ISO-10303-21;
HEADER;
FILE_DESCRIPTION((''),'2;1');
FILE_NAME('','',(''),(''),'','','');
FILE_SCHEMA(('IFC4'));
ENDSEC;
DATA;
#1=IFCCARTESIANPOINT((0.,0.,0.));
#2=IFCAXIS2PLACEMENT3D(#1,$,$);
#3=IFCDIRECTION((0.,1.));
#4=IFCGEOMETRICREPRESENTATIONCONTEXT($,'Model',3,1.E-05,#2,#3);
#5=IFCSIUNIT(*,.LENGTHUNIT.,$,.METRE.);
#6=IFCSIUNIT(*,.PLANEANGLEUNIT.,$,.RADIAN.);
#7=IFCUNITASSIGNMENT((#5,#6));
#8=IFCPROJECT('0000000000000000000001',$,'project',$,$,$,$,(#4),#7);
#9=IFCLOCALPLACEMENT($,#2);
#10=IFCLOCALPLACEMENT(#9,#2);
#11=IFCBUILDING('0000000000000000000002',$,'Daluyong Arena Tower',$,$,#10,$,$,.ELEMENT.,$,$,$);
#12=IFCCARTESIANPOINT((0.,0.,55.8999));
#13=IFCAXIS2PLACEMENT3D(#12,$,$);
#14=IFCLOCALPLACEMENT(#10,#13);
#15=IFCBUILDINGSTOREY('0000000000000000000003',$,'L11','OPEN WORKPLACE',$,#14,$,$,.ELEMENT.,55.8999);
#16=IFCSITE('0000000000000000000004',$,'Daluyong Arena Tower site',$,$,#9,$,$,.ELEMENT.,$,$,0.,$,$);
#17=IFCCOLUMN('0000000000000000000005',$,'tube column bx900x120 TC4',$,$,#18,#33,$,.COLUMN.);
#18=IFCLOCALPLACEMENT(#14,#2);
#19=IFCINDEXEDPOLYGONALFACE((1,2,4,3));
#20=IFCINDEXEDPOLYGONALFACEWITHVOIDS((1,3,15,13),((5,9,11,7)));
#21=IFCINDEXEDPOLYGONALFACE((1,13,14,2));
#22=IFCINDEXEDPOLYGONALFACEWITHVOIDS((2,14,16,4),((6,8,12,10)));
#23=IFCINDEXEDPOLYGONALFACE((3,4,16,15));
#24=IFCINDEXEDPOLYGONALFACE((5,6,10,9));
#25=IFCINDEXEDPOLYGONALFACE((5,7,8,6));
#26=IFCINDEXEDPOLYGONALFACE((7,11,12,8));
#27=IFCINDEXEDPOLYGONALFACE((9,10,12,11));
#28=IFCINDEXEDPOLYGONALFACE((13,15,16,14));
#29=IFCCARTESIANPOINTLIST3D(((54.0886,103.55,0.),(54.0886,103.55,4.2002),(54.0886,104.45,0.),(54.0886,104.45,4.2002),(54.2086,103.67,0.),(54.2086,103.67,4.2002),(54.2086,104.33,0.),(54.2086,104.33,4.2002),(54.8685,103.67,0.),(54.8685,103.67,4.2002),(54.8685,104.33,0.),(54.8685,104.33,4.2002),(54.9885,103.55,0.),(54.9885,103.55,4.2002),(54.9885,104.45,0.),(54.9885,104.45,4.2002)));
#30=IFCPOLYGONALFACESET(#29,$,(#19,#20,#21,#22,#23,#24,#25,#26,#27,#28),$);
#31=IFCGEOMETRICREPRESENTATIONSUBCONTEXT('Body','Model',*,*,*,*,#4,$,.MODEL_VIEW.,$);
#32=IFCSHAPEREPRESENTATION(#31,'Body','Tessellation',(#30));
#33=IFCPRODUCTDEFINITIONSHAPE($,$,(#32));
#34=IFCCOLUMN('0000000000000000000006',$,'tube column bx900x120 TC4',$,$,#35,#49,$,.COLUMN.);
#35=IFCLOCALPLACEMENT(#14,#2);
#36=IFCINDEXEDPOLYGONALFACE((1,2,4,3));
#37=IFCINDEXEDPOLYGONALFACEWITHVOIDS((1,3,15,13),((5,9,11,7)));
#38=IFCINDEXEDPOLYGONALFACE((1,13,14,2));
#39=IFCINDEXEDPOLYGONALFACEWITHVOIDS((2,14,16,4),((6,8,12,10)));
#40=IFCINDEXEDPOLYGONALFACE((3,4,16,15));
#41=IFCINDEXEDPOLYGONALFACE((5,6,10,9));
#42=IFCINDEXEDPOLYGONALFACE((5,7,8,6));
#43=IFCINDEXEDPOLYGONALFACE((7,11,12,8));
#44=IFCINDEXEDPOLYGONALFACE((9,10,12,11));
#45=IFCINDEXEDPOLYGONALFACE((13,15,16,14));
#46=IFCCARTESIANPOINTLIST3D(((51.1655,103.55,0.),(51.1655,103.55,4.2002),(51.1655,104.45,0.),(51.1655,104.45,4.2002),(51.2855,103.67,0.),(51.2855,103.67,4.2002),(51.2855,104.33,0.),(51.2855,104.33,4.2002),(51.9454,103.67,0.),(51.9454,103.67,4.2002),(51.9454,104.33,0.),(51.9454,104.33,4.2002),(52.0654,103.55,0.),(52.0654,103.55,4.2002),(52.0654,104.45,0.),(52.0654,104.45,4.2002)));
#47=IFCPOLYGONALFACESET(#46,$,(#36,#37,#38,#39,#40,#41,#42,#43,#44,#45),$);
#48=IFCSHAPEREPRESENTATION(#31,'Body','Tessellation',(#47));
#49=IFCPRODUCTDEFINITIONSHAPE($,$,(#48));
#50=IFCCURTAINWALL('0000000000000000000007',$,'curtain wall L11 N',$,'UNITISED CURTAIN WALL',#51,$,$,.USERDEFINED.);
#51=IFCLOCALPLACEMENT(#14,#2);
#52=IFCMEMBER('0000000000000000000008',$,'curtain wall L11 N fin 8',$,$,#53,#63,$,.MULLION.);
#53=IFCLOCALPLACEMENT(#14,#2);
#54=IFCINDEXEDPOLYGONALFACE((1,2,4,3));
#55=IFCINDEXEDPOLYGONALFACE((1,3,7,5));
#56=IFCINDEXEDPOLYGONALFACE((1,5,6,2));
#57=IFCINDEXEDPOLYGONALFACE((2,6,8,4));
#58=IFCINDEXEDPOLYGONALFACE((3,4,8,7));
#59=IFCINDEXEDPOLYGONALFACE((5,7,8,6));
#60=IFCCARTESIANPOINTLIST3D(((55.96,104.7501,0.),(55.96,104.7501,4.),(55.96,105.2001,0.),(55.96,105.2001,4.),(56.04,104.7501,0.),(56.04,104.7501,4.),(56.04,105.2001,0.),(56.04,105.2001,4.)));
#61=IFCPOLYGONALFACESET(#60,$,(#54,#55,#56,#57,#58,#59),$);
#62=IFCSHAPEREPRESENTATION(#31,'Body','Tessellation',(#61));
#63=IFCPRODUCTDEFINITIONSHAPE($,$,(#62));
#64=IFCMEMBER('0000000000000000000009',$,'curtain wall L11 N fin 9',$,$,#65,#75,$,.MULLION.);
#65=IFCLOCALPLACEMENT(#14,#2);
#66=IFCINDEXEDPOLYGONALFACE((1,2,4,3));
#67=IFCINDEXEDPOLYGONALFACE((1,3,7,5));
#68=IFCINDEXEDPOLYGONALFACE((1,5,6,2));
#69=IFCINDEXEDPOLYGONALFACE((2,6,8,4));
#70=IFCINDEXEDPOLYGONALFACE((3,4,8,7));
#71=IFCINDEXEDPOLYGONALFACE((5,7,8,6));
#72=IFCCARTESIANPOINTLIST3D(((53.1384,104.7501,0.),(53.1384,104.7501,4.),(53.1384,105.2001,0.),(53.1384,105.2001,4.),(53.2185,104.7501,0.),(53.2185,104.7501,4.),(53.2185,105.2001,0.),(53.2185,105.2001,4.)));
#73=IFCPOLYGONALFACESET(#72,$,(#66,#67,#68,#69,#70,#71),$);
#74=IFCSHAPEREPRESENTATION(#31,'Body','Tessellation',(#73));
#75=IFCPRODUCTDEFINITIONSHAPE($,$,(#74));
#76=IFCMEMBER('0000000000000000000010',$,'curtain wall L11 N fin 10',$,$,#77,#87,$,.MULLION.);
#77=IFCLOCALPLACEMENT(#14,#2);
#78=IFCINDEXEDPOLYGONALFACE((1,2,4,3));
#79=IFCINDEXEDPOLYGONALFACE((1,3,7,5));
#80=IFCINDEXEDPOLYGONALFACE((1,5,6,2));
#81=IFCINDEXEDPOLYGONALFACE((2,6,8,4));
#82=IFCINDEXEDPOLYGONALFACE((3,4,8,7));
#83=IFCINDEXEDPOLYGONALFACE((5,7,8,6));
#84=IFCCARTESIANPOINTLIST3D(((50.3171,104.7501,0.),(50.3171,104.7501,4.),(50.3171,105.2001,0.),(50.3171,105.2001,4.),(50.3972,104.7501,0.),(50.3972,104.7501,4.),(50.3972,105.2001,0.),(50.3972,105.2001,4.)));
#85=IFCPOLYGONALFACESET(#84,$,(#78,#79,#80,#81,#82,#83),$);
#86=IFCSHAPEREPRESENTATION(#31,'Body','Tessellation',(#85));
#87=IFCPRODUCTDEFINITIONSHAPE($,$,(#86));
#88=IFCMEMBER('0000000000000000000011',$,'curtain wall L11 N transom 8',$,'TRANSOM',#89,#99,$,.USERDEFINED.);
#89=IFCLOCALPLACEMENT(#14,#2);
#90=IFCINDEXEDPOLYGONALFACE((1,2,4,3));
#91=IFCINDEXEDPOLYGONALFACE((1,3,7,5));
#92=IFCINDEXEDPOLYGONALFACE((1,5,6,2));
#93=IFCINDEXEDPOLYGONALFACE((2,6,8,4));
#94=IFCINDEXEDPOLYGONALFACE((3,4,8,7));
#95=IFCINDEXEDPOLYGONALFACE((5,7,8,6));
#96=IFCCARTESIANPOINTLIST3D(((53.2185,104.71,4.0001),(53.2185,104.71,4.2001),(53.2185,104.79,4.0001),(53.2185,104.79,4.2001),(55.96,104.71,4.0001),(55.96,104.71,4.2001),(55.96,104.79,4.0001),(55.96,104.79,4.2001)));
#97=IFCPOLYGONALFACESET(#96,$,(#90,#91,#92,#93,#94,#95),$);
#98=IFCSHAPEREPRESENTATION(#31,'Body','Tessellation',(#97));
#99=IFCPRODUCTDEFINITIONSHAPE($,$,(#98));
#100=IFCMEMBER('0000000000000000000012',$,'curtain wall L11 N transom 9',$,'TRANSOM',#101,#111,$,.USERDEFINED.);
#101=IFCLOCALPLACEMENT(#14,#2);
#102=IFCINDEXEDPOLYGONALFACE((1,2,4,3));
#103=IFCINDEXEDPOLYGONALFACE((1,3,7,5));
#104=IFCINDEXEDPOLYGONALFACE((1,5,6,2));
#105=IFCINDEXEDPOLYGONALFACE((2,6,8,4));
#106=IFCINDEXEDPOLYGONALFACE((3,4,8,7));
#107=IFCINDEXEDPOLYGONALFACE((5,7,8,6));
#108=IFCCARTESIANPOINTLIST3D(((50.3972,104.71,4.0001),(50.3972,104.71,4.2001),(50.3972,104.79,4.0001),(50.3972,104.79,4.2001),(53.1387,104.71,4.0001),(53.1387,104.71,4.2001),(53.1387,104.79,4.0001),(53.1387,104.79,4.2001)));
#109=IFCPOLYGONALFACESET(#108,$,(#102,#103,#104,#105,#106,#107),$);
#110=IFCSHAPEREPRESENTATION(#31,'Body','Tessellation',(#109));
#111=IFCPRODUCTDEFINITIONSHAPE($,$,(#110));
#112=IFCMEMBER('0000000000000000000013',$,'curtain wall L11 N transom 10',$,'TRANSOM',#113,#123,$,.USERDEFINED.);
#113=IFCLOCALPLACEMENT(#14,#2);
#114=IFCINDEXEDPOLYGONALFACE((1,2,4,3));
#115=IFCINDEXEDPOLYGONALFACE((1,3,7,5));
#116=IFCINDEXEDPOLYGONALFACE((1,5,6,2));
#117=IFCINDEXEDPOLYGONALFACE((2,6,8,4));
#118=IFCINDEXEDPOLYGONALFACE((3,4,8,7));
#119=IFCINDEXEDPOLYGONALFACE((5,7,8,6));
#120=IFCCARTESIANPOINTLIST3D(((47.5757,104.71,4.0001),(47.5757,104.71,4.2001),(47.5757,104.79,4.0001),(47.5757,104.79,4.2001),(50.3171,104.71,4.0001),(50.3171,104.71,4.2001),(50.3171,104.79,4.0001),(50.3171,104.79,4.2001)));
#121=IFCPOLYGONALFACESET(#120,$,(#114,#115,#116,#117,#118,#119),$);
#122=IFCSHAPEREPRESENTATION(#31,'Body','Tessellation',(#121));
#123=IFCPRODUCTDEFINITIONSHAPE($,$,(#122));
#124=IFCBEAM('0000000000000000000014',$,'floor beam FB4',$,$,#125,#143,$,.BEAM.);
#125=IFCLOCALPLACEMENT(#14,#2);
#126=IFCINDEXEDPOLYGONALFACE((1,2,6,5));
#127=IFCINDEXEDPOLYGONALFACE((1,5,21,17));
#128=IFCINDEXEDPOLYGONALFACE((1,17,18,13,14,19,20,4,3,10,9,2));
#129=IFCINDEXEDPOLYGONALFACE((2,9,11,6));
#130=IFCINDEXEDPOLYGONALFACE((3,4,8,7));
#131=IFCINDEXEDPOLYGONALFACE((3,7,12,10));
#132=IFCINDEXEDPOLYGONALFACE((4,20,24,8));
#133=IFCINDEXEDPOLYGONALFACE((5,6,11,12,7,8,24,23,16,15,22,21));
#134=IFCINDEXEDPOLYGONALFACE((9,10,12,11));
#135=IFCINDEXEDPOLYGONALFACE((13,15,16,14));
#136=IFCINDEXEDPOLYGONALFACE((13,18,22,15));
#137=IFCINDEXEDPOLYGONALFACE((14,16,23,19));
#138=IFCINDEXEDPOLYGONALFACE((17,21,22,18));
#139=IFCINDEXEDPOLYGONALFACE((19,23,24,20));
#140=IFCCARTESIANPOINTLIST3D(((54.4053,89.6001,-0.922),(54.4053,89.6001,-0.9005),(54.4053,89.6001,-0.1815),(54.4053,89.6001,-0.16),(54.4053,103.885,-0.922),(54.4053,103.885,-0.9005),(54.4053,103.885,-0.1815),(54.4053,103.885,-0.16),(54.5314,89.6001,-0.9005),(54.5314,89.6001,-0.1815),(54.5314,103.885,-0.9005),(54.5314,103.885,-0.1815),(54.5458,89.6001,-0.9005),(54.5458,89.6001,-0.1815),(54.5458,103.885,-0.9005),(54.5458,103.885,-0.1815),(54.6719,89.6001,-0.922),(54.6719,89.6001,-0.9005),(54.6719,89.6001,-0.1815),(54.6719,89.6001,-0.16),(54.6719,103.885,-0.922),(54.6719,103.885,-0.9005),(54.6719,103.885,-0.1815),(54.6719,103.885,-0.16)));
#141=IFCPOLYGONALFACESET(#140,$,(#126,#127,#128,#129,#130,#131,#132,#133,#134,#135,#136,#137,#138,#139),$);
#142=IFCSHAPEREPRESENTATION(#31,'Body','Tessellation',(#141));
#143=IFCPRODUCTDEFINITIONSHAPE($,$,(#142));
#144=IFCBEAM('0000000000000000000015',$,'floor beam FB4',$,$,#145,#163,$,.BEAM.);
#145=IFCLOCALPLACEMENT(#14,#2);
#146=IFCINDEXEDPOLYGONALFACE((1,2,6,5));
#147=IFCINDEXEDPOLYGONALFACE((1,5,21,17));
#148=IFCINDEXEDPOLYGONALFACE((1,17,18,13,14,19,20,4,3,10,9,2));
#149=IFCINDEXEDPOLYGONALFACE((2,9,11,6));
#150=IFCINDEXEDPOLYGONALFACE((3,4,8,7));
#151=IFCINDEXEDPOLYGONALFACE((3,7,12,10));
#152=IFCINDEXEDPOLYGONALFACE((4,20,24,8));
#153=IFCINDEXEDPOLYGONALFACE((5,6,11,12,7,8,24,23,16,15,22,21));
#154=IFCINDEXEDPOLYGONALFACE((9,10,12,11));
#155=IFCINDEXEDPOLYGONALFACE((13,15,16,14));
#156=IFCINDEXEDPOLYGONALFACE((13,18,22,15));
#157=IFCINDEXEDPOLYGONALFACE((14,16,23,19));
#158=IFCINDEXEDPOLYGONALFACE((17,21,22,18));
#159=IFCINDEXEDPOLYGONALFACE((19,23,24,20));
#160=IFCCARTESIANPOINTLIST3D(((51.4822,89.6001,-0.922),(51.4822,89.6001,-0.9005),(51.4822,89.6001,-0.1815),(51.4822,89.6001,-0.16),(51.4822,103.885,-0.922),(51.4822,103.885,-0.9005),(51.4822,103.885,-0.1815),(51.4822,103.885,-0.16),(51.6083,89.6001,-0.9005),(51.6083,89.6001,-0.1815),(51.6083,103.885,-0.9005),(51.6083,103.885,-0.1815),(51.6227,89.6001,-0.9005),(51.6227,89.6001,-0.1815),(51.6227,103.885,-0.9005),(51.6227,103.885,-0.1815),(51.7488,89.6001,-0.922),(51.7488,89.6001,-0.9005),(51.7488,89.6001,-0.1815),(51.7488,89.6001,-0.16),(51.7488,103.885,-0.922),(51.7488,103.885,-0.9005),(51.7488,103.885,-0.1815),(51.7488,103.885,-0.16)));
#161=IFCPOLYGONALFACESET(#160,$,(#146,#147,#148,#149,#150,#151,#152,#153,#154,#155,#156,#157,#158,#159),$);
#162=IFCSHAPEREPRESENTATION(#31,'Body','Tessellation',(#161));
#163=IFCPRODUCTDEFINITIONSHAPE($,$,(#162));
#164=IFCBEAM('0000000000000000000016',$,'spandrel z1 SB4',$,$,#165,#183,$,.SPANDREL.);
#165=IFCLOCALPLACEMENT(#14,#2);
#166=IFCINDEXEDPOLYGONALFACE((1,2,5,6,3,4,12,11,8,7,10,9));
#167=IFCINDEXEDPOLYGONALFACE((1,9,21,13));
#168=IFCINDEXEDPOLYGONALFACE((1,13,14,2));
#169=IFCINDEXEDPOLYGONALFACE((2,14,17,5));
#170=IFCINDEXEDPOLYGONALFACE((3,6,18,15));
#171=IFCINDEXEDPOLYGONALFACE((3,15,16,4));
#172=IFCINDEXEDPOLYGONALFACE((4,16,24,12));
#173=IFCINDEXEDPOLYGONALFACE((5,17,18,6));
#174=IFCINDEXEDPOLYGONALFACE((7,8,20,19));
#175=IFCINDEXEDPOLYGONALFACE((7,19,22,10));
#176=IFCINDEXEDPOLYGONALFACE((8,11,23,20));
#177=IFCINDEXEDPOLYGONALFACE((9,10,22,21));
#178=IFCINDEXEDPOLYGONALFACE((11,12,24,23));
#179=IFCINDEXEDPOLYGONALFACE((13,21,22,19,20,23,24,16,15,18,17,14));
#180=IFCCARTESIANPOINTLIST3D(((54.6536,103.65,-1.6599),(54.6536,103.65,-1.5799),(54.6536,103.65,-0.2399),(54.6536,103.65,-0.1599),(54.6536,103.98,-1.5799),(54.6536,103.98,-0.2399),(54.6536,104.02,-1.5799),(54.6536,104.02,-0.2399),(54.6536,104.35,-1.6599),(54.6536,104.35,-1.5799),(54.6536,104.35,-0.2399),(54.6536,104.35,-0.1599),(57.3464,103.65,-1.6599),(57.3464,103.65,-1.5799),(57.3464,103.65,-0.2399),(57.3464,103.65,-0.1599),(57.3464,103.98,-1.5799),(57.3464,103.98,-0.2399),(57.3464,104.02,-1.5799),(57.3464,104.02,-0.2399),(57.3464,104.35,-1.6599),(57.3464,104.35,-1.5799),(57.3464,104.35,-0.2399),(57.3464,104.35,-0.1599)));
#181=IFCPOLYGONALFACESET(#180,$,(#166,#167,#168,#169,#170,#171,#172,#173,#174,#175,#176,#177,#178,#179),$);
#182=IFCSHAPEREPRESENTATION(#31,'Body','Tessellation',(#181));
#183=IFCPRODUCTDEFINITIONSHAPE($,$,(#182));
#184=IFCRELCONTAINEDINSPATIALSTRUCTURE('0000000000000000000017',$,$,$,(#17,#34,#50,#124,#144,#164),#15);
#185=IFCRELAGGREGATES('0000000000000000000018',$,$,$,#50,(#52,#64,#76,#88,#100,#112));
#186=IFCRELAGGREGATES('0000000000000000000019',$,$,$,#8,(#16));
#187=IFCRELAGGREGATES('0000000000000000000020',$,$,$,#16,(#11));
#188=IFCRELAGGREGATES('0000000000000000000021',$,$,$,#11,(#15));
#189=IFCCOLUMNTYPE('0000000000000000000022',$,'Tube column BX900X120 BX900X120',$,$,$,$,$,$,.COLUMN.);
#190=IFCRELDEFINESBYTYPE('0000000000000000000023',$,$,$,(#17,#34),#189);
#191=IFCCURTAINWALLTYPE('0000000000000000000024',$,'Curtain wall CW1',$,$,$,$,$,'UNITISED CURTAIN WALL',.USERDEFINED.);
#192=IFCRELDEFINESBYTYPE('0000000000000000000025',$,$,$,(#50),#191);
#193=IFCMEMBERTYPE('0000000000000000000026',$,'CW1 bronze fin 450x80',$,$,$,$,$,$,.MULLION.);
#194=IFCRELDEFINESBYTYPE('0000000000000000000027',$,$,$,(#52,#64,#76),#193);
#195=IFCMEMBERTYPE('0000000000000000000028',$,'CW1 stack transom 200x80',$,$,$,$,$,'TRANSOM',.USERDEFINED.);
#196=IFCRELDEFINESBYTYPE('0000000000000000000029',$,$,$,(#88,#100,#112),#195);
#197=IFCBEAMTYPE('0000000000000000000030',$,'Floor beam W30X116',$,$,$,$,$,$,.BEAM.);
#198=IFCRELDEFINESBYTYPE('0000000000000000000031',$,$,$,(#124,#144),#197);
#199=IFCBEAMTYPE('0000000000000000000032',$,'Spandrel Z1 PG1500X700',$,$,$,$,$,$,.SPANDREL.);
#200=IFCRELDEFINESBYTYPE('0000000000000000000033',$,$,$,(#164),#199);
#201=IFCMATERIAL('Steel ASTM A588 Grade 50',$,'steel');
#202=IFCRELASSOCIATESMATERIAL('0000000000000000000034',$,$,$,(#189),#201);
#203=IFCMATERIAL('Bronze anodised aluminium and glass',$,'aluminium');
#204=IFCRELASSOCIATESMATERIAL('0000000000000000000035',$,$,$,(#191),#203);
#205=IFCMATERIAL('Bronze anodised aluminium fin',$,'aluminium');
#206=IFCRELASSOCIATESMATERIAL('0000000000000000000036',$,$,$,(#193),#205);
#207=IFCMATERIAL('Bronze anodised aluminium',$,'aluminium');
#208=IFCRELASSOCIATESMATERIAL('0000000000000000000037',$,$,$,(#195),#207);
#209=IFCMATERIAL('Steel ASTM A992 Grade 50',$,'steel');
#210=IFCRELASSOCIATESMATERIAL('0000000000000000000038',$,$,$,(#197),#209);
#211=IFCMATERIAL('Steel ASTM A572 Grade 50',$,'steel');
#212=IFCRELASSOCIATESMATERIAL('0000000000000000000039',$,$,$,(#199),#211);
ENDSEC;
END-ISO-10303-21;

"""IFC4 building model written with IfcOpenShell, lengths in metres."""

from ifc_helpers import new_model, si_unit, direction, frame, origin, origin_2d, place, context, subcontext, project, spatial, rectangle, hollow_rectangle, i_section, extrude, material, material_profile, profile_set, type_object, element, aggregate, save


model = new_model("IFC4")

# Units and contexts
model_context = context("Model", 3, precision=1e-05, world=origin(), true_north=direction((0.0, 1.0)))
body_context = subcontext(model_context, "Body", "Model", "MODEL_VIEW")
ifc_project = project(units=[si_unit("LENGTHUNIT", "METRE"), si_unit("PLANEANGLEUNIT", "RADIAN")], contexts=[model_context])

# Site, building, storey
site_placement = place(None, origin())
site = spatial("IfcSite", under=ifc_project, at=site_placement, Name="Daluyong Arena Tower site", CompositionType="ELEMENT", RefElevation=0.0)
building_placement = place(site_placement, origin())
building = spatial("IfcBuilding", under=site, at=building_placement, Name="Daluyong Arena Tower", CompositionType="ELEMENT")
storey_placement = place(building_placement, frame((0.0, 0.0, 55.8999)))
storey = spatial("IfcBuildingStorey", under=building, at=storey_placement, Name="L11", Description="OPEN WORKPLACE", CompositionType="ELEMENT", Elevation=55.8999)

# Columns
ifc_material_1 = material(Name="Steel ASTM A588 Grade 50", Category="steel")
ifc_material_profile_1 = material_profile(ifc_material_1, hollow_rectangle(XDim=0.8999, YDim=0.8999, WallThickness=0.12, at=origin_2d()))
ifc_profile_set_1 = profile_set([ifc_material_profile_1], Name="Steel ASTM A588 Grade 50")
column_type = type_object("IfcColumnType", Name="Tube column BX900X120 BX900X120", PredefinedType="COLUMN", material=ifc_profile_set_1)
for number, where, z_axis, x_axis, name in (
    (1, (54.5386, 104.0, 0.0), (0.0, 0.0, 1.0), (1.0, 0.0, 0.0), "tube column bx900x120 TC4"),
    (2, (51.6155, 104.0, 0.0), (0.0, 0.0, 1.0), (1.0, 0.0, 0.0), "tube column bx900x120 TC4"),
):
    element("IfcColumn", number, at=place(storey_placement, frame(where, z_axis=z_axis, x_axis=x_axis)), inside=storey, type_object=column_type, Name=name, PredefinedType="COLUMN", context=body_context, shape_type="SweptSolid", body=[
        extrude(hollow_rectangle(XDim=0.8999, YDim=0.8999, WallThickness=0.12, at=origin_2d()), origin(), (0.0, 0.0, 1.0), 4.2002),
    ])

# Curtain wall, members
ifc_material_2 = material(Name="Bronze anodised aluminium and glass", Category="aluminium")
curtain_wall_type = type_object("IfcCurtainWallType", Name="Curtain wall CW1", ElementType="UNITISED CURTAIN WALL", PredefinedType="USERDEFINED", material=ifc_material_2)
curtain_wall_placement = place(storey_placement, origin())
curtain_wall = element("IfcCurtainWall", 3, at=curtain_wall_placement, inside=storey, type_object=curtain_wall_type, Name="curtain wall L11 N", ObjectType="UNITISED CURTAIN WALL", PredefinedType="USERDEFINED")
ifc_material_3 = material(Name="Bronze anodised aluminium fin", Category="aluminium")
ifc_material_profile_2 = material_profile(ifc_material_3, rectangle(XDim=0.45, YDim=0.0801, at=origin_2d()))
ifc_profile_set_2 = profile_set([ifc_material_profile_2], Name="Bronze anodised aluminium fin")
member_type_1 = type_object("IfcMemberType", Name="CW1 bronze fin 450x80", PredefinedType="MULLION", material=ifc_profile_set_2)
member_1_placement = place(storey_placement, frame((56.0, 104.9751, 0.0), z_axis=(0.0, 0.0, 1.0), x_axis=(0.0, -1.0, 0.0)))
member_1 = element("IfcMember", 4, at=member_1_placement, type_object=member_type_1, Name="curtain wall L11 N fin 8", PredefinedType="MULLION", context=body_context, shape_type="SweptSolid", body=[
    extrude(rectangle(XDim=0.45, YDim=0.0801, at=origin_2d()), origin(), (0.0, 0.0, 1.0), 4.0),
])
member_2_placement = place(storey_placement, frame((53.1785, 104.9751, 0.0), z_axis=(0.0, 0.0, 1.0), x_axis=(0.0, -1.0, 0.0)))
member_2 = element("IfcMember", 5, at=member_2_placement, type_object=member_type_1, Name="curtain wall L11 N fin 9", PredefinedType="MULLION", context=body_context, shape_type="SweptSolid", body=[
    extrude(rectangle(XDim=0.45, YDim=0.0801, at=origin_2d()), origin(), (0.0, 0.0, 1.0), 4.0),
])
member_3_placement = place(storey_placement, frame((50.3572, 104.9751, 0.0), z_axis=(0.0, 0.0, 1.0), x_axis=(0.0, -1.0, 0.0)))
member_3 = element("IfcMember", 6, at=member_3_placement, type_object=member_type_1, Name="curtain wall L11 N fin 10", PredefinedType="MULLION", context=body_context, shape_type="SweptSolid", body=[
    extrude(rectangle(XDim=0.45, YDim=0.0801, at=origin_2d()), origin(), (0.0, 0.0, 1.0), 4.0),
])
ifc_material_4 = material(Name="Bronze anodised aluminium", Category="aluminium")
ifc_material_profile_3 = material_profile(ifc_material_4, rectangle(XDim=0.0801, YDim=0.2, at=origin_2d()))
ifc_profile_set_3 = profile_set([ifc_material_profile_3], Name="Bronze anodised aluminium")
member_type_2 = type_object("IfcMemberType", Name="CW1 stack transom 200x80", ElementType="TRANSOM", PredefinedType="USERDEFINED", material=ifc_profile_set_3)
member_4_placement = place(storey_placement, frame((55.96, 104.75, 4.1001), z_axis=(-1.0, 0.0, 0.0), x_axis=(0.0, -1.0, 0.0)))
member_4 = element("IfcMember", 7, at=member_4_placement, type_object=member_type_2, Name="curtain wall L11 N transom 8", ObjectType="TRANSOM", PredefinedType="USERDEFINED", context=body_context, shape_type="SweptSolid", body=[
    extrude(rectangle(XDim=0.0801, YDim=0.2, at=origin_2d()), origin(), (0.0, 0.0, 1.0), 2.7415),
])
member_5_placement = place(storey_placement, frame((53.1387, 104.75, 4.1001), z_axis=(-1.0, 0.0, 0.0), x_axis=(0.0, -1.0, 0.0)))
member_5 = element("IfcMember", 8, at=member_5_placement, type_object=member_type_2, Name="curtain wall L11 N transom 9", ObjectType="TRANSOM", PredefinedType="USERDEFINED", context=body_context, shape_type="SweptSolid", body=[
    extrude(rectangle(XDim=0.0801, YDim=0.2, at=origin_2d()), origin(), (0.0, 0.0, 1.0), 2.7415),
])
member_6_placement = place(storey_placement, frame((50.3171, 104.75, 4.1001), z_axis=(-1.0, 0.0, 0.0), x_axis=(0.0, -1.0, 0.0)))
member_6 = element("IfcMember", 9, at=member_6_placement, type_object=member_type_2, Name="curtain wall L11 N transom 10", ObjectType="TRANSOM", PredefinedType="USERDEFINED", context=body_context, shape_type="SweptSolid", body=[
    extrude(rectangle(XDim=0.0801, YDim=0.2, at=origin_2d()), origin(), (0.0, 0.0, 1.0), 2.7415),
])

# Beams
ifc_material_5 = material(Name="Steel ASTM A992 Grade 50", Category="steel")
ifc_material_profile_4 = material_profile(ifc_material_5, i_section(OverallWidth=0.2666, OverallDepth=0.762, WebThickness=0.0144, FlangeThickness=0.0215, at=origin_2d()))
ifc_profile_set_4 = profile_set([ifc_material_profile_4], Name="Steel ASTM A992 Grade 50")
beam_type_1 = type_object("IfcBeamType", Name="Floor beam W30X116", PredefinedType="BEAM", material=ifc_profile_set_4)
for number, where, z_axis, x_axis, name in (
    (10, (54.5386, 103.885, -0.541), (0.0, -1.0, 0.0), (1.0, 0.0, 0.0), "floor beam FB4"),
    (11, (51.6155, 103.885, -0.541), (0.0, -1.0, 0.0), (1.0, 0.0, 0.0), "floor beam FB4"),
):
    element("IfcBeam", number, at=place(storey_placement, frame(where, z_axis=z_axis, x_axis=x_axis)), inside=storey, type_object=beam_type_1, Name=name, PredefinedType="BEAM", context=body_context, shape_type="SweptSolid", body=[
        extrude(i_section(OverallWidth=0.2666, OverallDepth=0.762, WebThickness=0.0144, FlangeThickness=0.0215, at=origin_2d()), origin(), (0.0, 0.0, 1.0), 14.2849),
    ])
ifc_material_6 = material(Name="Steel ASTM A572 Grade 50", Category="steel")
ifc_material_profile_5 = material_profile(ifc_material_6, i_section(OverallWidth=0.7, OverallDepth=1.5, WebThickness=0.04, FlangeThickness=0.08, at=origin_2d()))
ifc_profile_set_5 = profile_set([ifc_material_profile_5], Name="Steel ASTM A572 Grade 50")
beam_type_2 = type_object("IfcBeamType", Name="Spandrel Z1 PG1500X700", PredefinedType="SPANDREL", material=ifc_profile_set_5)
beam_placement = place(storey_placement, frame((57.3464, 104.0, -0.9099), z_axis=(-1.0, 0.0, 0.0), x_axis=(0.0, -1.0, 0.0)))
element("IfcBeam", 12, at=beam_placement, inside=storey, type_object=beam_type_2, Name="spandrel z1 SB4", PredefinedType="SPANDREL", context=body_context, shape_type="SweptSolid", body=[
    extrude(i_section(OverallWidth=0.7, OverallDepth=1.5, WebThickness=0.04, FlangeThickness=0.08, at=origin_2d()), origin(), (0.0, 0.0, 1.0), 2.6929),
])

aggregate(curtain_wall, [member_1, member_2, member_3, member_4, member_5, member_6])

save(model, "model.ifc")
